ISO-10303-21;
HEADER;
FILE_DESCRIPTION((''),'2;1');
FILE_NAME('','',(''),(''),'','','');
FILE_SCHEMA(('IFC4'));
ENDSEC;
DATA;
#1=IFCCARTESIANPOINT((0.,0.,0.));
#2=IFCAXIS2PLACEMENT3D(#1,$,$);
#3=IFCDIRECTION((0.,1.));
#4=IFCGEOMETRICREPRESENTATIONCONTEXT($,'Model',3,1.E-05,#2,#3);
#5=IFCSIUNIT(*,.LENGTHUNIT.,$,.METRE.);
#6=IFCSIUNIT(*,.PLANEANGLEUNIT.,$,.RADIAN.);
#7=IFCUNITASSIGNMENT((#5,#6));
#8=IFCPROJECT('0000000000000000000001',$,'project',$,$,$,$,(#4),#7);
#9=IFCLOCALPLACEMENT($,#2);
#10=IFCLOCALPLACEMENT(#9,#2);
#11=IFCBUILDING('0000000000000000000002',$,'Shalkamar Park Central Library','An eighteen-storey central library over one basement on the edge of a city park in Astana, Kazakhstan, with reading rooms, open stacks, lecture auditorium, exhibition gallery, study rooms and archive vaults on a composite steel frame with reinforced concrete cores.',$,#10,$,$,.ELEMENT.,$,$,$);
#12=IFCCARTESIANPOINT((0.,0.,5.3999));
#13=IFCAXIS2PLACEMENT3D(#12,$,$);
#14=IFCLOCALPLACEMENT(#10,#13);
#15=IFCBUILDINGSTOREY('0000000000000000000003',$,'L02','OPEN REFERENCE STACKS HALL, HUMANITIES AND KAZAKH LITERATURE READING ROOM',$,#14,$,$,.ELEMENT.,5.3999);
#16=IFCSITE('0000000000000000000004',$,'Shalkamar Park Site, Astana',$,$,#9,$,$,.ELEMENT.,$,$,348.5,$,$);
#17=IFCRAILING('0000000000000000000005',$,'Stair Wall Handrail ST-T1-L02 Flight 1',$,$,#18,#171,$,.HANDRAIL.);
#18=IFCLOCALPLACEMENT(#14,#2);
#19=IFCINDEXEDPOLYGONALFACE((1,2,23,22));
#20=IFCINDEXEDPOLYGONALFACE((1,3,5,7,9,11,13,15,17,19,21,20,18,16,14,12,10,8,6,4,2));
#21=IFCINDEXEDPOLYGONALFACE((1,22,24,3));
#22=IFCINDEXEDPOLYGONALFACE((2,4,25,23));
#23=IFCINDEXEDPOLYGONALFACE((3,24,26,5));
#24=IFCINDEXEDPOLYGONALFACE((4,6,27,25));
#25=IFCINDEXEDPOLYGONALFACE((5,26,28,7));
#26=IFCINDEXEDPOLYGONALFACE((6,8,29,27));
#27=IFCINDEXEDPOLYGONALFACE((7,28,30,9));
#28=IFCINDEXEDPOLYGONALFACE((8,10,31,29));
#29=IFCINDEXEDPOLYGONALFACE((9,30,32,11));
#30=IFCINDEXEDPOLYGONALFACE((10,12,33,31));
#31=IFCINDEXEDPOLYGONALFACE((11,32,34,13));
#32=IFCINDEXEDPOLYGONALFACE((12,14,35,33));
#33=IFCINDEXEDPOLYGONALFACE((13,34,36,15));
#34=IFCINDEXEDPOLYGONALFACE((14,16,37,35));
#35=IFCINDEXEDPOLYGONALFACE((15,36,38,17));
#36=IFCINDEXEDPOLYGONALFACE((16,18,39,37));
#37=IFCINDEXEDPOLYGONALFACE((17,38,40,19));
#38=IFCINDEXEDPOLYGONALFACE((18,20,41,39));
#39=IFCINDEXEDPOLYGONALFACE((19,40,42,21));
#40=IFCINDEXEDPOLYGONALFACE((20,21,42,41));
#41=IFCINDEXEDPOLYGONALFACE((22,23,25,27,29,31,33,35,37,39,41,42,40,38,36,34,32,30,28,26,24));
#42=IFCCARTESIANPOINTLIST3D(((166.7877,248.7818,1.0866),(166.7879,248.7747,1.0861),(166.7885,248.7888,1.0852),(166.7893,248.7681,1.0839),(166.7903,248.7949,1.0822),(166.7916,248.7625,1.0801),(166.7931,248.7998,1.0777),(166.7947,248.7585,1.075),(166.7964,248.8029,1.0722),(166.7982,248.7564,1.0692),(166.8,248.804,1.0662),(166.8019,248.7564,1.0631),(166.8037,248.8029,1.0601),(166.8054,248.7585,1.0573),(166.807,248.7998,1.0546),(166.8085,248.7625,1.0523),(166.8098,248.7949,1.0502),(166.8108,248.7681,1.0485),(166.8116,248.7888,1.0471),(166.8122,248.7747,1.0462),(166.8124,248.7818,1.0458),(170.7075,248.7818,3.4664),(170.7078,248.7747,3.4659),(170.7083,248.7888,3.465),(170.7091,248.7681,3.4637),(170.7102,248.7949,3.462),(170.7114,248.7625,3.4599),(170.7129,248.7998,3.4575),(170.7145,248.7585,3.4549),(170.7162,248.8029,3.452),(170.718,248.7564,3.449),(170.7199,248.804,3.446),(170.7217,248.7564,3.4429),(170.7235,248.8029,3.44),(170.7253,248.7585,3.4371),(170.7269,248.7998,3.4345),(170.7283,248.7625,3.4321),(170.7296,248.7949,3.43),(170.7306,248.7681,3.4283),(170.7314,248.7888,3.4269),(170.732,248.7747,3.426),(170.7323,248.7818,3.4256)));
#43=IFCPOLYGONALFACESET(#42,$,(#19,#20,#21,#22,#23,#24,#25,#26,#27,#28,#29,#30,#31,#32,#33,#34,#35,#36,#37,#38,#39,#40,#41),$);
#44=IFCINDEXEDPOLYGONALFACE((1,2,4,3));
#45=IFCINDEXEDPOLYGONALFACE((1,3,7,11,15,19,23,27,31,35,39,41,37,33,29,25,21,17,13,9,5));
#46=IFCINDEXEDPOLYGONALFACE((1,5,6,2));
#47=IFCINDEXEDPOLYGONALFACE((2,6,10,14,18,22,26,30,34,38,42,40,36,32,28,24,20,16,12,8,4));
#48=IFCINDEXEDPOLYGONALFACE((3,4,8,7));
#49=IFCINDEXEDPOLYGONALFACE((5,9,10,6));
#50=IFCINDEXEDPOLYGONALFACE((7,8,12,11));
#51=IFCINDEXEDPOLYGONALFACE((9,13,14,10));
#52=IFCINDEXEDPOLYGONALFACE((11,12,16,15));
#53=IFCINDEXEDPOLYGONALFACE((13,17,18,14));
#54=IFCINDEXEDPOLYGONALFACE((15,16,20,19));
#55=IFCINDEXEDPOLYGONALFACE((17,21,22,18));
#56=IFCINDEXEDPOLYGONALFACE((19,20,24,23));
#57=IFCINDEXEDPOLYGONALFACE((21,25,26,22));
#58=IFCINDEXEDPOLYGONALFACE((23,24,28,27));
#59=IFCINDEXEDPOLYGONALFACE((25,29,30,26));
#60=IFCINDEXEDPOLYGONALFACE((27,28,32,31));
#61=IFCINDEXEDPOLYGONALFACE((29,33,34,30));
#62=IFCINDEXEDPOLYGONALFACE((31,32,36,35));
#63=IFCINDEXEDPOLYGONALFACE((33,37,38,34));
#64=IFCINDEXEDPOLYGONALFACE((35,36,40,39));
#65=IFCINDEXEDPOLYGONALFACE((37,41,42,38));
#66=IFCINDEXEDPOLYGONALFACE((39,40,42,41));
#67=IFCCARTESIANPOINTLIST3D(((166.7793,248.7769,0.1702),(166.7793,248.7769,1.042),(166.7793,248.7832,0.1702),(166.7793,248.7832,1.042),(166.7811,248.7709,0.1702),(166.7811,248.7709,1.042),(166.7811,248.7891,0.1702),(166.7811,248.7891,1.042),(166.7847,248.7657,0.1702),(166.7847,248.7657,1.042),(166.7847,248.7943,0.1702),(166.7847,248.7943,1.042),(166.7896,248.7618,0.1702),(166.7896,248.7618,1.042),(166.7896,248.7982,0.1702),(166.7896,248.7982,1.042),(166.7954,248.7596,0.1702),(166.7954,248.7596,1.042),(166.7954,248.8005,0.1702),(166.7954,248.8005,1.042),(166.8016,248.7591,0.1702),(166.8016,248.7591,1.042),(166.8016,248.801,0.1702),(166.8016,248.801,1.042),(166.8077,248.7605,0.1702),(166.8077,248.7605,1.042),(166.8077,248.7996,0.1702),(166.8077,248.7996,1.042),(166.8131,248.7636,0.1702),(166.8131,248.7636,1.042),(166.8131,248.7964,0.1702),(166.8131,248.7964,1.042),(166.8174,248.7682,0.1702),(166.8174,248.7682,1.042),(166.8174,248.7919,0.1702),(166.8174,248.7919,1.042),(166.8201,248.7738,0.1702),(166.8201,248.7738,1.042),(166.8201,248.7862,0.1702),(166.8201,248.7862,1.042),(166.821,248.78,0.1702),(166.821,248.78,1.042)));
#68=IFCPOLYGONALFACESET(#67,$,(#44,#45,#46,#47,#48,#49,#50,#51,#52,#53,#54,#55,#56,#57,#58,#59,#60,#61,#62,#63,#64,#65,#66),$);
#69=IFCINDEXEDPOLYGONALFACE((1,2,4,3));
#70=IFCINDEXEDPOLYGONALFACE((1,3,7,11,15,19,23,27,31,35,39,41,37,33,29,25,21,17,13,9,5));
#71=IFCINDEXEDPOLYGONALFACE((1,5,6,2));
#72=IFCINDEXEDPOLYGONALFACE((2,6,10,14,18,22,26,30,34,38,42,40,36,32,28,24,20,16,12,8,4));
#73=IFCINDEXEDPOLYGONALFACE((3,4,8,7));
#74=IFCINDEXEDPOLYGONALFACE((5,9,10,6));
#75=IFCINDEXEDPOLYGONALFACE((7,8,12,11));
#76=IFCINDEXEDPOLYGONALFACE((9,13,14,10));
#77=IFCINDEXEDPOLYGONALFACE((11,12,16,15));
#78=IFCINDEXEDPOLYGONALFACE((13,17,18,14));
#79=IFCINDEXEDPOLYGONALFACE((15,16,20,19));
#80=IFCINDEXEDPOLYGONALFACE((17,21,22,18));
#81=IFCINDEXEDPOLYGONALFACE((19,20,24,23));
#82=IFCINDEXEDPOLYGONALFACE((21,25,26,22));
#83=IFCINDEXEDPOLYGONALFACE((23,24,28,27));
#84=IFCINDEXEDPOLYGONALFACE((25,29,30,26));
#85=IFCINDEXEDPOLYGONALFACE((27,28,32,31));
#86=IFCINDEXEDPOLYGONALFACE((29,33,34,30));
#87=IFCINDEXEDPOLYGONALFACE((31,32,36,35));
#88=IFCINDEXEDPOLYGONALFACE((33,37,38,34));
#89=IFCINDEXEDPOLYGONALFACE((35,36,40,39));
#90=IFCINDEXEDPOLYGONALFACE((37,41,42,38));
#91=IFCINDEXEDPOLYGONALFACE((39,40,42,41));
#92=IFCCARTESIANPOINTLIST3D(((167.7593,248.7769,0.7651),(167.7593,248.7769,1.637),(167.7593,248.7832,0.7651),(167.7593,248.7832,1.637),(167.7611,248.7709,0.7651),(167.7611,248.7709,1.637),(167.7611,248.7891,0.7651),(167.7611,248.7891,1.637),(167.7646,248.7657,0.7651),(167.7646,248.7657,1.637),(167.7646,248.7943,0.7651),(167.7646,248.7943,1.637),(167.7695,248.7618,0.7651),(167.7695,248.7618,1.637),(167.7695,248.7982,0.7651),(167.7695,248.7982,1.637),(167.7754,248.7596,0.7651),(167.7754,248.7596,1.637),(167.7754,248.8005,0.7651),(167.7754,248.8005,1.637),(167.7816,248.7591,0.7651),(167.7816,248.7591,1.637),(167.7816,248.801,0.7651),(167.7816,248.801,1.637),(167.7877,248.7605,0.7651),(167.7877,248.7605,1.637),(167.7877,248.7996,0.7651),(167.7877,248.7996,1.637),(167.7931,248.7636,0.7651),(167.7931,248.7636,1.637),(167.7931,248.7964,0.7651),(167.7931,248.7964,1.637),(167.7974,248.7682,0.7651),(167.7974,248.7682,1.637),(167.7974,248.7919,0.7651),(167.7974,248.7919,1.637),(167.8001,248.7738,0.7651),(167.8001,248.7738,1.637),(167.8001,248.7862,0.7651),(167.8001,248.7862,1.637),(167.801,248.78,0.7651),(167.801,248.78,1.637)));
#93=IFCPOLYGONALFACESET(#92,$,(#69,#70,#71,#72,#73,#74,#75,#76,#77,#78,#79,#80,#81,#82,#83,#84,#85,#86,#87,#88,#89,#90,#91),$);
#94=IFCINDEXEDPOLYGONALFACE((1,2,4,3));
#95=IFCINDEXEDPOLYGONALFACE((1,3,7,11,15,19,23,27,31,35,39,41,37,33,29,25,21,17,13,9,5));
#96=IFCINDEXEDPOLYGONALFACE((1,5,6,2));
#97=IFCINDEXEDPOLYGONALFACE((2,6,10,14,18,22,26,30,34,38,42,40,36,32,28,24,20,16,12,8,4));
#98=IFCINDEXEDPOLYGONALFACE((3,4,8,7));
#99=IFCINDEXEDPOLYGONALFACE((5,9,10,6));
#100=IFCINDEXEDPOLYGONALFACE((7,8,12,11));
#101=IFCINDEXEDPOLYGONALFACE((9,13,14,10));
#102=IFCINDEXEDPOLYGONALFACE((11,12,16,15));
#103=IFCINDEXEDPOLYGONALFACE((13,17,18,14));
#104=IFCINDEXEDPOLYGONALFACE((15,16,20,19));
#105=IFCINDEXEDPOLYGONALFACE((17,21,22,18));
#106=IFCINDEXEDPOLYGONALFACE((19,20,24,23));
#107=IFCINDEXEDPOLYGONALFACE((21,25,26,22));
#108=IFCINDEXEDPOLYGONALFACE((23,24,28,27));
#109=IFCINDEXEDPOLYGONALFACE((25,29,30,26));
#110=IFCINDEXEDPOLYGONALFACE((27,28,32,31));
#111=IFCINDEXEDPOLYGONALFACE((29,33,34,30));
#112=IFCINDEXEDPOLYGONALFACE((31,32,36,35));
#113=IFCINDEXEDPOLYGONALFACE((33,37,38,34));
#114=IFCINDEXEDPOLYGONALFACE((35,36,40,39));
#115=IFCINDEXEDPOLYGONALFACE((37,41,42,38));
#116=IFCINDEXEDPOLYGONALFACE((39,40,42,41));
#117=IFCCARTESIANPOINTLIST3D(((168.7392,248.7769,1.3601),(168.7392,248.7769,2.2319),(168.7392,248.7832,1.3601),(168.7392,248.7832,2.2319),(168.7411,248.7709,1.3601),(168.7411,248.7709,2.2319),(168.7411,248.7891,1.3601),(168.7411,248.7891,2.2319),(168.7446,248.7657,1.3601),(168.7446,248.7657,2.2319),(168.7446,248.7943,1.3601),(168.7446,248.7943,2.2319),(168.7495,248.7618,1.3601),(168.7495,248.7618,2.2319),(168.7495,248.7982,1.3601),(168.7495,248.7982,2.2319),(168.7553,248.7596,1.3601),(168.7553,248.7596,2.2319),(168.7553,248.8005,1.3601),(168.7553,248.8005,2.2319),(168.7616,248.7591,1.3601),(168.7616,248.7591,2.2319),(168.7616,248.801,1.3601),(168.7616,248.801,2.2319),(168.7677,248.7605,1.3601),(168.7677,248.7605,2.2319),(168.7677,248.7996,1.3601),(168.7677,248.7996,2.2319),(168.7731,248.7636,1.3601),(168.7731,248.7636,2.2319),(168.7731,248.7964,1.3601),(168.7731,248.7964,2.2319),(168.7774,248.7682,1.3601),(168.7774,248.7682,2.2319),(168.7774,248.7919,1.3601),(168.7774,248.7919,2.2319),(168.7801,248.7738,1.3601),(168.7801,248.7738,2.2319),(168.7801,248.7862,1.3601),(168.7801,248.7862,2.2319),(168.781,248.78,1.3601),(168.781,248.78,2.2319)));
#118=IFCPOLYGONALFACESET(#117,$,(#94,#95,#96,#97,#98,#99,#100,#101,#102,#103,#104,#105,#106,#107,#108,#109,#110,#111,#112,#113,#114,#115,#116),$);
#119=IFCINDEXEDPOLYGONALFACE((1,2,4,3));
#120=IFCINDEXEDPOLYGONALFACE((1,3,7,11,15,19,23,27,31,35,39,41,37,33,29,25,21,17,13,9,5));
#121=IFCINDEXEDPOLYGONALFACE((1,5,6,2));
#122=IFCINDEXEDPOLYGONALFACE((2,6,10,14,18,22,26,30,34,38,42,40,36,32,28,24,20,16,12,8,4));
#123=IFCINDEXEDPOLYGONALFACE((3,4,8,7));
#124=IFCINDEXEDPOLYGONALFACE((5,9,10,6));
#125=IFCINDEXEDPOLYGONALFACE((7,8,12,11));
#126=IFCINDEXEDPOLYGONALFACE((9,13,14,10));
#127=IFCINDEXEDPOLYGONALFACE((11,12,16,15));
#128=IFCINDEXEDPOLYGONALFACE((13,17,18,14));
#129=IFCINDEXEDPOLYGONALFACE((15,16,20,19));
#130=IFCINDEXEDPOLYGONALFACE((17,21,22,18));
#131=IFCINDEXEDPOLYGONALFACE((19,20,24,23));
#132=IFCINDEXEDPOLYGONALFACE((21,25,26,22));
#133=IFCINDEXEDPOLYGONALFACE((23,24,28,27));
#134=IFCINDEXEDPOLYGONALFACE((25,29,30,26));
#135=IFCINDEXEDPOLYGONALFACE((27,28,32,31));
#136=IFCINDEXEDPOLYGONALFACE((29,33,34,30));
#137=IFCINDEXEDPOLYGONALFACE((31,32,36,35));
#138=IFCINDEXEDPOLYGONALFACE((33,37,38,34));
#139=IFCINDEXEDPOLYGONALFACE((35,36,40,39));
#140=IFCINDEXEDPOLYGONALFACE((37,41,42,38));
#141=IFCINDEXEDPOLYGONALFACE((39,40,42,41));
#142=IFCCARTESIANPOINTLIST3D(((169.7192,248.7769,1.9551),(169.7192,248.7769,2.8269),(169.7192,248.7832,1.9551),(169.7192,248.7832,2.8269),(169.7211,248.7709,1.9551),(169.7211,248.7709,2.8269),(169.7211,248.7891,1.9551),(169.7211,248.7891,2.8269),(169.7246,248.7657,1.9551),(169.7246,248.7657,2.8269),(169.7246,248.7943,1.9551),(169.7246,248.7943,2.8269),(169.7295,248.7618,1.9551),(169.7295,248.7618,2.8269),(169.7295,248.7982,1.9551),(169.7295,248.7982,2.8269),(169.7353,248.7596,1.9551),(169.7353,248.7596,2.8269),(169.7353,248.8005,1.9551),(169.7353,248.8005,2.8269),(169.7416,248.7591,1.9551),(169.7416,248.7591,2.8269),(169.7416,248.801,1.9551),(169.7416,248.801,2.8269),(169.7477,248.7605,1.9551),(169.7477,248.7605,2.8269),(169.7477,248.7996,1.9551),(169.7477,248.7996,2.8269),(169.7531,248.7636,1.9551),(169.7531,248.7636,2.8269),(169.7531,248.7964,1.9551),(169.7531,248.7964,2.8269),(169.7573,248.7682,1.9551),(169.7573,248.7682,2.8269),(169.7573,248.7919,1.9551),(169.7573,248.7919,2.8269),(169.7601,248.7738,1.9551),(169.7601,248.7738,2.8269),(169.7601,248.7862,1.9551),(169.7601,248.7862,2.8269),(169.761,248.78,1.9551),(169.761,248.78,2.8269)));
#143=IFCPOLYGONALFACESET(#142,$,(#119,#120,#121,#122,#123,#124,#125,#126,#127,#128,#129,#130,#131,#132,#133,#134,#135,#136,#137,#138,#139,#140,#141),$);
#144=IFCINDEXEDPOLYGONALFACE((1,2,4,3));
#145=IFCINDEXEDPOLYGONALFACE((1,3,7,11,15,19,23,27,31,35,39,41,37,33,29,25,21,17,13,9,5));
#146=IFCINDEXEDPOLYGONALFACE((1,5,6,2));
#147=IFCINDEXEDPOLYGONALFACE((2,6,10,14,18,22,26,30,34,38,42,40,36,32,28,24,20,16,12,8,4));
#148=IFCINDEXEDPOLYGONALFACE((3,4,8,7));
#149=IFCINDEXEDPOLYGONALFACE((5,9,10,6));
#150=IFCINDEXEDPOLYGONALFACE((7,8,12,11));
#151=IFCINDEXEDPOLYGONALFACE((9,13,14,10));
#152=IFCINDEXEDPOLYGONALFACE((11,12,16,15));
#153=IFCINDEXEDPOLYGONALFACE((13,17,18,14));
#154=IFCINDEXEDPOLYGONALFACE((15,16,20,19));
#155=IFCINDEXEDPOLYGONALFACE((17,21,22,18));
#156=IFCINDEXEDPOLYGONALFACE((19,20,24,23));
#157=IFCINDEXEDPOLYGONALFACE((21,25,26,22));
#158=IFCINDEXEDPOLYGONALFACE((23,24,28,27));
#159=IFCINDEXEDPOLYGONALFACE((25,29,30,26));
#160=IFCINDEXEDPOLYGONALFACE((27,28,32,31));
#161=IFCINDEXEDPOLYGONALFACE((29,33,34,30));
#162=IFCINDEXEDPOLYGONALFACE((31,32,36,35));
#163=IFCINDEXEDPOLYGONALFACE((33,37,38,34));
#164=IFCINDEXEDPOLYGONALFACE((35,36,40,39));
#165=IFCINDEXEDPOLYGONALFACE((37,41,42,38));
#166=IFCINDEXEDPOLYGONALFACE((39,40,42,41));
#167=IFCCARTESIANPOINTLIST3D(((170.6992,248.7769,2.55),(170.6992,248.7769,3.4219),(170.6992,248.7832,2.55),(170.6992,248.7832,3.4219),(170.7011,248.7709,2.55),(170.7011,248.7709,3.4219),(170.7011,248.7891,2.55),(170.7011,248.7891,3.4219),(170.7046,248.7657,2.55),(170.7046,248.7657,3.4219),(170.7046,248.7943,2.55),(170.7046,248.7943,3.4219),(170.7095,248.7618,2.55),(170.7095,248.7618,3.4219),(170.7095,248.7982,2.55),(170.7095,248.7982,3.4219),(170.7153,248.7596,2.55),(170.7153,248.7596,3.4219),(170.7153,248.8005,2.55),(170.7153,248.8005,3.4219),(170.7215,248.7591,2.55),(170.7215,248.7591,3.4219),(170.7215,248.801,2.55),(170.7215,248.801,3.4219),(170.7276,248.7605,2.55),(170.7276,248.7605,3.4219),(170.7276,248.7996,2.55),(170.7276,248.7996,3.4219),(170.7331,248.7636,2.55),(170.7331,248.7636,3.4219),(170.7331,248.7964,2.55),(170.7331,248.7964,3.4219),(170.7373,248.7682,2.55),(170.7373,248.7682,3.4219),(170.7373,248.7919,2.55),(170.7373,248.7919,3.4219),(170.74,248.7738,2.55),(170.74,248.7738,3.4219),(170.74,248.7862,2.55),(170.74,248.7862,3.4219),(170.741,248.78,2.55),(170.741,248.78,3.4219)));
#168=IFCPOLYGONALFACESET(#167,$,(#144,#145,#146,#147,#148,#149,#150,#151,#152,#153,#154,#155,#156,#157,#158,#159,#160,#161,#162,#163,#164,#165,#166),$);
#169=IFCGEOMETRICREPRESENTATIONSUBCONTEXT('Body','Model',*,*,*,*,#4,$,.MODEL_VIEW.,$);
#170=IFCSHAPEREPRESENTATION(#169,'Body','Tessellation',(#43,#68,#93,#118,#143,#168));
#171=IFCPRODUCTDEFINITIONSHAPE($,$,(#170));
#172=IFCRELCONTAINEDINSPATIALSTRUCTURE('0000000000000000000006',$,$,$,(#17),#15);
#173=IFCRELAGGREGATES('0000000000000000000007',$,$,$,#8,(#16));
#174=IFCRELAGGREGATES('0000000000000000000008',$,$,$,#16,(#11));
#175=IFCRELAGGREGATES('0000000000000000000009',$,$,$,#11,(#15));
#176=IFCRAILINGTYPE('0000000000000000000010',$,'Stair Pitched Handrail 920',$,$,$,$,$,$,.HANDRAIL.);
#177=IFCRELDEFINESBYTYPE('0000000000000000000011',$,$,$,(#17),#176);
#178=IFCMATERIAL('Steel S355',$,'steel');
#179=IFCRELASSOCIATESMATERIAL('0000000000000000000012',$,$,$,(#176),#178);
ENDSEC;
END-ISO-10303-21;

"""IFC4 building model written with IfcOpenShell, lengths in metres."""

from ifc_helpers import new_model, si_unit, direction, frame, origin, origin_2d, place, context, subcontext, project, spatial, circle, extrude, material, type_object, element, save


model = new_model("IFC4")

# Units and contexts
model_context = context("Model", 3, precision=1e-05, world=origin(), true_north=direction((0.0, 1.0)))
body_context = subcontext(model_context, "Body", "Model", "MODEL_VIEW")
ifc_project = project(units=[si_unit("LENGTHUNIT", "METRE"), si_unit("PLANEANGLEUNIT", "RADIAN")], contexts=[model_context])

# Site, building, storey
site_placement = place(None, origin())
site = spatial("IfcSite", under=ifc_project, at=site_placement, Name="Shalkamar Park Site, Astana", CompositionType="ELEMENT", RefElevation=348.5)
building_placement = place(site_placement, origin())
building = spatial("IfcBuilding", under=site, at=building_placement, Name="Shalkamar Park Central Library", Description="An eighteen-storey central library over one basement on the edge of a city park in Astana, Kazakhstan, with reading rooms, open stacks, lecture auditorium, exhibition gallery, study rooms and archive vaults on a composite steel frame with reinforced concrete cores.", CompositionType="ELEMENT")
storey_placement = place(building_placement, frame((0.0, 0.0, 5.3999)))
storey = spatial("IfcBuildingStorey", under=building, at=storey_placement, Name="L02", Description="OPEN REFERENCE STACKS HALL, HUMANITIES AND KAZAKH LITERATURE READING ROOM", CompositionType="ELEMENT", Elevation=5.3999)

# Shared definitions
ifc_material_1 = material(Name="Steel S355", Category="steel")

# Railing
railing_type_1 = type_object("IfcRailingType", Name="Stair Pitched Handrail 920", PredefinedType="HANDRAIL", material=ifc_material_1)
railing_1_placement = place(storey_placement, frame((166.8, 248.78, 0.1702)))
element("IfcRailing", 1, at=railing_1_placement, inside=storey, type_object=railing_type_1, Name="Stair Wall Handrail ST-T1-L02 Flight 1", PredefinedType="HANDRAIL", context=body_context, shape_type="SweptSolid", body=[
    extrude(circle(Radius=0.0239, at=origin_2d()), frame((0.0, 0.0, 0.896), z_axis=(0.854794, 0.0, 0.518967), x_axis=(0.0, 1.0, 0.0)), (0.0, 0.0, 1.0), 4.5857),
    extrude(circle(Radius=0.021, at=origin_2d()), origin(), (0.0, 0.0, 1.0), 0.8718),
    extrude(circle(Radius=0.021, at=origin_2d()), frame((0.98, 0.0, 0.595)), (0.0, 0.0, 1.0), 0.8718),
    extrude(circle(Radius=0.021, at=origin_2d()), frame((1.96, 0.0, 1.1899)), (0.0, 0.0, 1.0), 0.8718),
    extrude(circle(Radius=0.021, at=origin_2d()), frame((2.9399, 0.0, 1.7849)), (0.0, 0.0, 1.0), 0.8718),
    extrude(circle(Radius=0.021, at=origin_2d()), frame((3.9199, 0.0, 2.3799)), (0.0, 0.0, 1.0), 0.8718),
])

save(model, "model.ifc")
